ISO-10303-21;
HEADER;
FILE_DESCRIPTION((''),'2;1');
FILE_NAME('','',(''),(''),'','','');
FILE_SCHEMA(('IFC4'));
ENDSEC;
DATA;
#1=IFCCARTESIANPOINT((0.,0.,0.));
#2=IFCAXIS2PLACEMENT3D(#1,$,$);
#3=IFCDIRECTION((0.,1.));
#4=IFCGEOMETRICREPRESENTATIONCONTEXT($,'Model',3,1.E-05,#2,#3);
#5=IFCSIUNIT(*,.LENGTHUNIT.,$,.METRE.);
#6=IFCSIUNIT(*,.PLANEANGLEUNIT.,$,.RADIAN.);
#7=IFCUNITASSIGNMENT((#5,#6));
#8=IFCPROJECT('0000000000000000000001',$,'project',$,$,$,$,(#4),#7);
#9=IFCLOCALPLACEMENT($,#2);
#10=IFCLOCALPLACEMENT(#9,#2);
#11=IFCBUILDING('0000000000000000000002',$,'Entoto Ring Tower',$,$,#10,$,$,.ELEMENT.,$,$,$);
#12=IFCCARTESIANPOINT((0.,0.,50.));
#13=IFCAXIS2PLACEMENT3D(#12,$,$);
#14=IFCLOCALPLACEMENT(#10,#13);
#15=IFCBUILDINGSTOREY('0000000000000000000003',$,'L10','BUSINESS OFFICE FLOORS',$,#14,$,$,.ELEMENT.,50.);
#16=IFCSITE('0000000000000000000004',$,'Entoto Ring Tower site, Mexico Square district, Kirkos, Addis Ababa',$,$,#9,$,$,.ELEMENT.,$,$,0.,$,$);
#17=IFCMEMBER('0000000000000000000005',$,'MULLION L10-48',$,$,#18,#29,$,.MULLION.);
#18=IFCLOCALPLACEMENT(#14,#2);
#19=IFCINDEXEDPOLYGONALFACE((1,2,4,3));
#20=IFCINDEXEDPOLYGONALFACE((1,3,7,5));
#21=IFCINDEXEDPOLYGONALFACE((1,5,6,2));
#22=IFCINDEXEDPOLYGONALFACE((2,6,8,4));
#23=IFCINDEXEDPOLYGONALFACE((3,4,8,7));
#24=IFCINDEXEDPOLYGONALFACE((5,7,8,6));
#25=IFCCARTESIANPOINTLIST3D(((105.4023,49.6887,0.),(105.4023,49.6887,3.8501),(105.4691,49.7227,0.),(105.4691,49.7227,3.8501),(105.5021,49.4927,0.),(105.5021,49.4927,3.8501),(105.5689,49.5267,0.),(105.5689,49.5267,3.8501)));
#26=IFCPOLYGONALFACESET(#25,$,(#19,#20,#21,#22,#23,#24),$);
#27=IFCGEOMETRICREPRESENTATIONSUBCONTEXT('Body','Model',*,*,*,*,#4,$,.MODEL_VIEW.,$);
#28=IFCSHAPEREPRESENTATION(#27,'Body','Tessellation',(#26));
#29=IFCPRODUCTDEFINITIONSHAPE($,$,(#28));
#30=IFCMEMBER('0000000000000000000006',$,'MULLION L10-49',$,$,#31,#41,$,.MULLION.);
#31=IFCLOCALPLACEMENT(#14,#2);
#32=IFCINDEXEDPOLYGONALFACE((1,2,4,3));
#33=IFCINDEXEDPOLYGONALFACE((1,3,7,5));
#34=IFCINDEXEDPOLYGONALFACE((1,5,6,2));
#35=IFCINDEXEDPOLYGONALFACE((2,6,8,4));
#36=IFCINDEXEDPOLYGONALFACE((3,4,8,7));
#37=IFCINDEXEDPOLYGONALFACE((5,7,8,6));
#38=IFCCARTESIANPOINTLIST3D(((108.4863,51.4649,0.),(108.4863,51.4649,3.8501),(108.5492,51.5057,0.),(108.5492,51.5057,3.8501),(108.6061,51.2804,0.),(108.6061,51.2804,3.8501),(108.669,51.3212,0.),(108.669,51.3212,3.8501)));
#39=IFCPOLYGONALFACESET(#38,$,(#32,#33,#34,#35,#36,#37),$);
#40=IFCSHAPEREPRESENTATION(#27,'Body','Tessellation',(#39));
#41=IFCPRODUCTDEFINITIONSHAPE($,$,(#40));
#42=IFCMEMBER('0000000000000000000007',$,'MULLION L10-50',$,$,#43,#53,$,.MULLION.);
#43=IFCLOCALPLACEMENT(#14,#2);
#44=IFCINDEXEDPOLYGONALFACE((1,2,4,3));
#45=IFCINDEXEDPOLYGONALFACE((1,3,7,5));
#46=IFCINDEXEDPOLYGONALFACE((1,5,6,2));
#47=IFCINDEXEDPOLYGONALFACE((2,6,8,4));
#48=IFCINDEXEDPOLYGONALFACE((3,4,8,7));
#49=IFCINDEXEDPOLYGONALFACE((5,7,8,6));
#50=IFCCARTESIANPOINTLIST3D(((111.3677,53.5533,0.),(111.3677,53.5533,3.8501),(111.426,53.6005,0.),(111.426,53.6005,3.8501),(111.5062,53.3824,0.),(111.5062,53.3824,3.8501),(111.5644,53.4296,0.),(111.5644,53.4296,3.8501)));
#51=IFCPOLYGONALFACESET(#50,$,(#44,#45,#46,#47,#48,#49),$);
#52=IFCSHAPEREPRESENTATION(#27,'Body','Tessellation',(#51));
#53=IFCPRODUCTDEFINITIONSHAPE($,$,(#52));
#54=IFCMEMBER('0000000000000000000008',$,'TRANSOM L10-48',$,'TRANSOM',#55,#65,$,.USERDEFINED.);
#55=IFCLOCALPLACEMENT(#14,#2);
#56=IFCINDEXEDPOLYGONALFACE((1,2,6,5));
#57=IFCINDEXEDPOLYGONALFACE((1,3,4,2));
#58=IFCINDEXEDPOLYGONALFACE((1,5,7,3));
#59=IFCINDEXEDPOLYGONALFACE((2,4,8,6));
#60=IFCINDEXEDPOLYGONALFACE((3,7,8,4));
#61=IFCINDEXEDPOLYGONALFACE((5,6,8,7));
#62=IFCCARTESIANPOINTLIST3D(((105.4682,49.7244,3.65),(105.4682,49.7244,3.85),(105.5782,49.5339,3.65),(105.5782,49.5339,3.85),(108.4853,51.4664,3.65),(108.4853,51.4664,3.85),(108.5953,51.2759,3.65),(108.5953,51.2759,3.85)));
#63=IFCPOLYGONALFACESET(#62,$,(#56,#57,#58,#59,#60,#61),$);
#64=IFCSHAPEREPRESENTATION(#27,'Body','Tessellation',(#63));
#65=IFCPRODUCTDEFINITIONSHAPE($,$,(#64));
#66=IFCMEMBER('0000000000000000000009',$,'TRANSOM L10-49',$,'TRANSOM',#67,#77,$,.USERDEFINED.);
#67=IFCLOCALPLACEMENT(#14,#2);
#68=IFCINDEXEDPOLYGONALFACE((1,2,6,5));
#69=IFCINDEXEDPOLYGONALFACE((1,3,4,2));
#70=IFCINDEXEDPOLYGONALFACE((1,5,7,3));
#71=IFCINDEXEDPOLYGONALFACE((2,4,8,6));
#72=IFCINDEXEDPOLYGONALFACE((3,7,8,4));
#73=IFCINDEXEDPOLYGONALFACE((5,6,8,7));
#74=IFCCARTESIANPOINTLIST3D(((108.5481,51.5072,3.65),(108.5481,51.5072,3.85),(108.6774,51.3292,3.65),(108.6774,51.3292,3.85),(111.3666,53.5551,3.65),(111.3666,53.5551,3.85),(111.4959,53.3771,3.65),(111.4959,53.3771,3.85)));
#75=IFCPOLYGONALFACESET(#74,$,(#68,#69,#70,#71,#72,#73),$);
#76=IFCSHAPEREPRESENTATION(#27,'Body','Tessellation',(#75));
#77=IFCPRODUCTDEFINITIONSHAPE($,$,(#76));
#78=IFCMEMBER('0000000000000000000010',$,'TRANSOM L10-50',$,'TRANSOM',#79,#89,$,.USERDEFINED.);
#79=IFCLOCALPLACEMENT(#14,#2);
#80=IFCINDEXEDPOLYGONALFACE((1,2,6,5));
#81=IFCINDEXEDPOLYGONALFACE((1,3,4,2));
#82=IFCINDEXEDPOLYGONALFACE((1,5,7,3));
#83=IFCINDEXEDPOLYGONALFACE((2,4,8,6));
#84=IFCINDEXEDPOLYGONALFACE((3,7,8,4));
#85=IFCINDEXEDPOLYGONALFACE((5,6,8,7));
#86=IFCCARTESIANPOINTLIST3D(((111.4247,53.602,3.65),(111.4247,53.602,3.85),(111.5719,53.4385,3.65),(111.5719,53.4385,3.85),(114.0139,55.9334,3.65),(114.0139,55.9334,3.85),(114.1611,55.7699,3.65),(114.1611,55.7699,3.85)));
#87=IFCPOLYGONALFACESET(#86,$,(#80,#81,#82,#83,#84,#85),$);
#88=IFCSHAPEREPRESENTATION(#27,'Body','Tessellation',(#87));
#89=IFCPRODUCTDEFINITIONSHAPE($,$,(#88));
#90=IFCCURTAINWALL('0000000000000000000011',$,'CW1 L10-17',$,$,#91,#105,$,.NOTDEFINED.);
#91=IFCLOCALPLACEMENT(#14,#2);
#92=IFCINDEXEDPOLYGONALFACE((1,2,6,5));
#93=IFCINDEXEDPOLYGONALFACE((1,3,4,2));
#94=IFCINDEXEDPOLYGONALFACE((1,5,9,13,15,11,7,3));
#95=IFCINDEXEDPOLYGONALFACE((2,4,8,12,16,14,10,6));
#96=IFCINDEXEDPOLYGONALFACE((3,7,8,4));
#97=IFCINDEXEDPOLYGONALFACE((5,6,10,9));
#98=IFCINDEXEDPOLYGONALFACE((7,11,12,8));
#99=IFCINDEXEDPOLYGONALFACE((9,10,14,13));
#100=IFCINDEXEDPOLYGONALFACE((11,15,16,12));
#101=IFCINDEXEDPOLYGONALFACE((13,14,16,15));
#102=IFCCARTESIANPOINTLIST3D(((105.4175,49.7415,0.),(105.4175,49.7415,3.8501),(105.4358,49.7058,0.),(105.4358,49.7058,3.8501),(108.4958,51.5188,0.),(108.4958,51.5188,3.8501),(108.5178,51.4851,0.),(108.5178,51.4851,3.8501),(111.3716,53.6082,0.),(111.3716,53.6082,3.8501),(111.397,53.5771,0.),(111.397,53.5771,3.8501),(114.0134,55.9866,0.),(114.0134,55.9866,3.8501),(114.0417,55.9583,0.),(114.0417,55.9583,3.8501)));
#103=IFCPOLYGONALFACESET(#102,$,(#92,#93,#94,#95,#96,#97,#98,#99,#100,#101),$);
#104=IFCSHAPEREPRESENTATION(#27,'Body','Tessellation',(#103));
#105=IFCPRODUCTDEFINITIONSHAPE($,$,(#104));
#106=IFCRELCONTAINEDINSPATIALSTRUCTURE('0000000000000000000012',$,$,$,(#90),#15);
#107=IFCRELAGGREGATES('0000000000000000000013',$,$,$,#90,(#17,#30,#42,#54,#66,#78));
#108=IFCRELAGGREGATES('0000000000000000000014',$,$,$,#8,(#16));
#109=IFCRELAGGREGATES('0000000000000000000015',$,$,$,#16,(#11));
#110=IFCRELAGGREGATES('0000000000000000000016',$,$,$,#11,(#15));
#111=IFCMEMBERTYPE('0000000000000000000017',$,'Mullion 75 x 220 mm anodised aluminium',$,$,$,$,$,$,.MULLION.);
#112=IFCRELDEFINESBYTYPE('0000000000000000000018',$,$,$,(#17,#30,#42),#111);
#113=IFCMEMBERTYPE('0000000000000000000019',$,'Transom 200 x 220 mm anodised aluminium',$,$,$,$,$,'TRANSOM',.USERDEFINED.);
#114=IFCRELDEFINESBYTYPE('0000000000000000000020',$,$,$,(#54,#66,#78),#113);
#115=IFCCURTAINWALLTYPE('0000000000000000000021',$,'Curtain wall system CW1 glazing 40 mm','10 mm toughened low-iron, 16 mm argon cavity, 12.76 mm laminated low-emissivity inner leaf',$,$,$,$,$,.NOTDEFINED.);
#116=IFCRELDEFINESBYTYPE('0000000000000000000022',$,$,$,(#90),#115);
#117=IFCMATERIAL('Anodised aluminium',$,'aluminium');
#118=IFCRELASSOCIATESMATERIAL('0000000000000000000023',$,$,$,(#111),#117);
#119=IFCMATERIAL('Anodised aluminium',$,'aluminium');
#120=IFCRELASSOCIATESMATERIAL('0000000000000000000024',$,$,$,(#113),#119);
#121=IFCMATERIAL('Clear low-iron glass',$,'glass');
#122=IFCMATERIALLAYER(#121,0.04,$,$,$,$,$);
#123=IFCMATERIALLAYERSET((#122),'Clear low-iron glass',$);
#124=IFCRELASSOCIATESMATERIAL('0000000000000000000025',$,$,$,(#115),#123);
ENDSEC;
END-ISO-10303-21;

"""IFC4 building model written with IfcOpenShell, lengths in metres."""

from ifc_helpers import new_model, si_unit, direction, frame, origin, origin_2d, place, context, subcontext, project, spatial, polyline, rectangle, outline, extrude, material, layer, layer_set, material_profile, profile_set, type_object, element, aggregate, save


model = new_model("IFC4")

# Units and contexts
model_context = context("Model", 3, precision=1e-05, world=origin(), true_north=direction((0.0, 1.0)))
body_context = subcontext(model_context, "Body", "Model", "MODEL_VIEW")
ifc_project = project(units=[si_unit("LENGTHUNIT", "METRE"), si_unit("PLANEANGLEUNIT", "RADIAN")], contexts=[model_context])

# Members
ifc_material_1 = material(Name="Anodised aluminium", Category="aluminium")
ifc_material_profile_1 = material_profile(ifc_material_1, rectangle(XDim=0.075, YDim=0.22, at=origin_2d()), Name="Mullion 75 x 220 mm anodised aluminium")
ifc_profile_set_1 = profile_set([ifc_material_profile_1], Name="Anodised aluminium")
member_type_1 = type_object("IfcMemberType", Name="Mullion 75 x 220 mm anodised aluminium", PredefinedType="MULLION", material=ifc_profile_set_1)
site_placement = place(None, origin())
building_placement = place(site_placement, origin())
storey_placement = place(building_placement, frame((0.0, 0.0, 50.0)))
member_1_placement = place(storey_placement, frame((105.4856, 49.6077, 0.0), z_axis=(0.0, 0.0, 1.0), x_axis=(0.891007, 0.45399, 0.0)))
member_1 = element("IfcMember", 1, at=member_1_placement, type_object=member_type_1, Name="MULLION L10-48", PredefinedType="MULLION", context=body_context, shape_type="SweptSolid", body=[
    extrude(rectangle(XDim=0.075, YDim=0.22, at=origin_2d()), origin(), (0.0, 0.0, 1.0), 3.8501),
])
member_2_placement = place(storey_placement, frame((108.5776, 51.3931, 0.0), z_axis=(0.0, 0.0, 1.0), x_axis=(0.838671, 0.544639, 0.0)))
member_2 = element("IfcMember", 2, at=member_2_placement, type_object=member_type_1, Name="MULLION L10-49", PredefinedType="MULLION", context=body_context, shape_type="SweptSolid", body=[
    extrude(rectangle(XDim=0.075, YDim=0.22, at=origin_2d()), origin(), (0.0, 0.0, 1.0), 3.8501),
])
member_3_placement = place(storey_placement, frame((111.4661, 53.4915, 0.0), z_axis=(0.0, 0.0, 1.0), x_axis=(0.777146, 0.62932, 0.0)))
member_3 = element("IfcMember", 3, at=member_3_placement, type_object=member_type_1, Name="MULLION L10-50", PredefinedType="MULLION", context=body_context, shape_type="SweptSolid", body=[
    extrude(rectangle(XDim=0.075, YDim=0.22, at=origin_2d()), origin(), (0.0, 0.0, 1.0), 3.8501),
])
ifc_material_2 = material(Name="Anodised aluminium", Category="aluminium")
ifc_material_profile_2 = material_profile(ifc_material_2, rectangle(XDim=0.22, YDim=0.2, at=origin_2d()), Name="Transom 200 x 220 mm anodised aluminium")
ifc_profile_set_2 = profile_set([ifc_material_profile_2], Name="Anodised aluminium")
member_type_2 = type_object("IfcMemberType", Name="Transom 200 x 220 mm anodised aluminium", ElementType="TRANSOM", PredefinedType="USERDEFINED", material=ifc_profile_set_2)
member_4_placement = place(storey_placement, frame((105.5232, 49.6292, 3.75), z_axis=(0.866022, 0.500006, 0.0), x_axis=(-0.500006, 0.866022, 0.0)))
member_4 = element("IfcMember", 4, at=member_4_placement, type_object=member_type_2, Name="TRANSOM L10-48", ObjectType="TRANSOM", PredefinedType="USERDEFINED", context=body_context, shape_type="SweptSolid", body=[
    extrude(rectangle(XDim=0.22, YDim=0.2, at=origin_2d()), origin(), (0.0, 0.0, 1.0), 3.4839),
])
member_5_placement = place(storey_placement, frame((108.6128, 51.4182, 3.75), z_axis=(0.808991, 0.587822, 0.0), x_axis=(-0.587822, 0.808991, 0.0)))
member_5 = element("IfcMember", 5, at=member_5_placement, type_object=member_type_2, Name="TRANSOM L10-49", ObjectType="TRANSOM", PredefinedType="USERDEFINED", context=body_context, shape_type="SweptSolid", body=[
    extrude(rectangle(XDim=0.22, YDim=0.2, at=origin_2d()), origin(), (0.0, 0.0, 1.0), 3.4839),
])
member_6_placement = place(storey_placement, frame((111.4983, 53.5203, 3.75), z_axis=(0.743137, 0.669139, 0.0), x_axis=(-0.669139, 0.743137, 0.0)))
member_6 = element("IfcMember", 6, at=member_6_placement, type_object=member_type_2, Name="TRANSOM L10-50", ObjectType="TRANSOM", PredefinedType="USERDEFINED", context=body_context, shape_type="SweptSolid", body=[
    extrude(rectangle(XDim=0.22, YDim=0.2, at=origin_2d()), origin(), (0.0, 0.0, 1.0), 3.4841),
])

# Site, building, storey
site = spatial("IfcSite", under=ifc_project, at=site_placement, Name="Entoto Ring Tower site, Mexico Square district, Kirkos, Addis Ababa", CompositionType="ELEMENT", RefElevation=0.0)
building = spatial("IfcBuilding", under=site, at=building_placement, Name="Entoto Ring Tower", CompositionType="ELEMENT")
storey = spatial("IfcBuildingStorey", under=building, at=storey_placement, Name="L10", Description="BUSINESS OFFICE FLOORS", CompositionType="ELEMENT", Elevation=50.0)

# Curtain wall
ifc_material_3 = material(Name="Clear low-iron glass", Category="glass")
ifc_layer_1 = layer(ifc_material_3, 0.04)
ifc_layer_set_1 = layer_set([ifc_layer_1], Name="Clear low-iron glass")
curtain_wall_type = type_object("IfcCurtainWallType", Name="Curtain wall system CW1 glazing 40 mm", Description="10 mm toughened low-iron, 16 mm argon cavity, 12.76 mm laminated low-emissivity inner leaf", PredefinedType="NOTDEFINED", material=ifc_layer_set_1)
curtain_wall_1_placement = place(storey_placement, origin())
curtain_wall_1 = element("IfcCurtainWall", 7, at=curtain_wall_1_placement, inside=storey, type_object=curtain_wall_type, Name="CW1 L10-17", PredefinedType="NOTDEFINED", context=body_context, shape_type="SweptSolid", body=[
    extrude(outline(polyline([(105.4358, 49.7058), (108.5178, 51.4851), (111.397, 53.5771), (114.0417, 55.9583), (114.0134, 55.9866), (111.3716, 53.6082), (108.4958, 51.5188), (105.4175, 49.7415), (105.4358, 49.7058)])), origin(), (0.0, 0.0, 1.0), 3.8501),
])
aggregate(curtain_wall_1, [member_1, member_2, member_3, member_4, member_5, member_6])

save(model, "model.ifc")
